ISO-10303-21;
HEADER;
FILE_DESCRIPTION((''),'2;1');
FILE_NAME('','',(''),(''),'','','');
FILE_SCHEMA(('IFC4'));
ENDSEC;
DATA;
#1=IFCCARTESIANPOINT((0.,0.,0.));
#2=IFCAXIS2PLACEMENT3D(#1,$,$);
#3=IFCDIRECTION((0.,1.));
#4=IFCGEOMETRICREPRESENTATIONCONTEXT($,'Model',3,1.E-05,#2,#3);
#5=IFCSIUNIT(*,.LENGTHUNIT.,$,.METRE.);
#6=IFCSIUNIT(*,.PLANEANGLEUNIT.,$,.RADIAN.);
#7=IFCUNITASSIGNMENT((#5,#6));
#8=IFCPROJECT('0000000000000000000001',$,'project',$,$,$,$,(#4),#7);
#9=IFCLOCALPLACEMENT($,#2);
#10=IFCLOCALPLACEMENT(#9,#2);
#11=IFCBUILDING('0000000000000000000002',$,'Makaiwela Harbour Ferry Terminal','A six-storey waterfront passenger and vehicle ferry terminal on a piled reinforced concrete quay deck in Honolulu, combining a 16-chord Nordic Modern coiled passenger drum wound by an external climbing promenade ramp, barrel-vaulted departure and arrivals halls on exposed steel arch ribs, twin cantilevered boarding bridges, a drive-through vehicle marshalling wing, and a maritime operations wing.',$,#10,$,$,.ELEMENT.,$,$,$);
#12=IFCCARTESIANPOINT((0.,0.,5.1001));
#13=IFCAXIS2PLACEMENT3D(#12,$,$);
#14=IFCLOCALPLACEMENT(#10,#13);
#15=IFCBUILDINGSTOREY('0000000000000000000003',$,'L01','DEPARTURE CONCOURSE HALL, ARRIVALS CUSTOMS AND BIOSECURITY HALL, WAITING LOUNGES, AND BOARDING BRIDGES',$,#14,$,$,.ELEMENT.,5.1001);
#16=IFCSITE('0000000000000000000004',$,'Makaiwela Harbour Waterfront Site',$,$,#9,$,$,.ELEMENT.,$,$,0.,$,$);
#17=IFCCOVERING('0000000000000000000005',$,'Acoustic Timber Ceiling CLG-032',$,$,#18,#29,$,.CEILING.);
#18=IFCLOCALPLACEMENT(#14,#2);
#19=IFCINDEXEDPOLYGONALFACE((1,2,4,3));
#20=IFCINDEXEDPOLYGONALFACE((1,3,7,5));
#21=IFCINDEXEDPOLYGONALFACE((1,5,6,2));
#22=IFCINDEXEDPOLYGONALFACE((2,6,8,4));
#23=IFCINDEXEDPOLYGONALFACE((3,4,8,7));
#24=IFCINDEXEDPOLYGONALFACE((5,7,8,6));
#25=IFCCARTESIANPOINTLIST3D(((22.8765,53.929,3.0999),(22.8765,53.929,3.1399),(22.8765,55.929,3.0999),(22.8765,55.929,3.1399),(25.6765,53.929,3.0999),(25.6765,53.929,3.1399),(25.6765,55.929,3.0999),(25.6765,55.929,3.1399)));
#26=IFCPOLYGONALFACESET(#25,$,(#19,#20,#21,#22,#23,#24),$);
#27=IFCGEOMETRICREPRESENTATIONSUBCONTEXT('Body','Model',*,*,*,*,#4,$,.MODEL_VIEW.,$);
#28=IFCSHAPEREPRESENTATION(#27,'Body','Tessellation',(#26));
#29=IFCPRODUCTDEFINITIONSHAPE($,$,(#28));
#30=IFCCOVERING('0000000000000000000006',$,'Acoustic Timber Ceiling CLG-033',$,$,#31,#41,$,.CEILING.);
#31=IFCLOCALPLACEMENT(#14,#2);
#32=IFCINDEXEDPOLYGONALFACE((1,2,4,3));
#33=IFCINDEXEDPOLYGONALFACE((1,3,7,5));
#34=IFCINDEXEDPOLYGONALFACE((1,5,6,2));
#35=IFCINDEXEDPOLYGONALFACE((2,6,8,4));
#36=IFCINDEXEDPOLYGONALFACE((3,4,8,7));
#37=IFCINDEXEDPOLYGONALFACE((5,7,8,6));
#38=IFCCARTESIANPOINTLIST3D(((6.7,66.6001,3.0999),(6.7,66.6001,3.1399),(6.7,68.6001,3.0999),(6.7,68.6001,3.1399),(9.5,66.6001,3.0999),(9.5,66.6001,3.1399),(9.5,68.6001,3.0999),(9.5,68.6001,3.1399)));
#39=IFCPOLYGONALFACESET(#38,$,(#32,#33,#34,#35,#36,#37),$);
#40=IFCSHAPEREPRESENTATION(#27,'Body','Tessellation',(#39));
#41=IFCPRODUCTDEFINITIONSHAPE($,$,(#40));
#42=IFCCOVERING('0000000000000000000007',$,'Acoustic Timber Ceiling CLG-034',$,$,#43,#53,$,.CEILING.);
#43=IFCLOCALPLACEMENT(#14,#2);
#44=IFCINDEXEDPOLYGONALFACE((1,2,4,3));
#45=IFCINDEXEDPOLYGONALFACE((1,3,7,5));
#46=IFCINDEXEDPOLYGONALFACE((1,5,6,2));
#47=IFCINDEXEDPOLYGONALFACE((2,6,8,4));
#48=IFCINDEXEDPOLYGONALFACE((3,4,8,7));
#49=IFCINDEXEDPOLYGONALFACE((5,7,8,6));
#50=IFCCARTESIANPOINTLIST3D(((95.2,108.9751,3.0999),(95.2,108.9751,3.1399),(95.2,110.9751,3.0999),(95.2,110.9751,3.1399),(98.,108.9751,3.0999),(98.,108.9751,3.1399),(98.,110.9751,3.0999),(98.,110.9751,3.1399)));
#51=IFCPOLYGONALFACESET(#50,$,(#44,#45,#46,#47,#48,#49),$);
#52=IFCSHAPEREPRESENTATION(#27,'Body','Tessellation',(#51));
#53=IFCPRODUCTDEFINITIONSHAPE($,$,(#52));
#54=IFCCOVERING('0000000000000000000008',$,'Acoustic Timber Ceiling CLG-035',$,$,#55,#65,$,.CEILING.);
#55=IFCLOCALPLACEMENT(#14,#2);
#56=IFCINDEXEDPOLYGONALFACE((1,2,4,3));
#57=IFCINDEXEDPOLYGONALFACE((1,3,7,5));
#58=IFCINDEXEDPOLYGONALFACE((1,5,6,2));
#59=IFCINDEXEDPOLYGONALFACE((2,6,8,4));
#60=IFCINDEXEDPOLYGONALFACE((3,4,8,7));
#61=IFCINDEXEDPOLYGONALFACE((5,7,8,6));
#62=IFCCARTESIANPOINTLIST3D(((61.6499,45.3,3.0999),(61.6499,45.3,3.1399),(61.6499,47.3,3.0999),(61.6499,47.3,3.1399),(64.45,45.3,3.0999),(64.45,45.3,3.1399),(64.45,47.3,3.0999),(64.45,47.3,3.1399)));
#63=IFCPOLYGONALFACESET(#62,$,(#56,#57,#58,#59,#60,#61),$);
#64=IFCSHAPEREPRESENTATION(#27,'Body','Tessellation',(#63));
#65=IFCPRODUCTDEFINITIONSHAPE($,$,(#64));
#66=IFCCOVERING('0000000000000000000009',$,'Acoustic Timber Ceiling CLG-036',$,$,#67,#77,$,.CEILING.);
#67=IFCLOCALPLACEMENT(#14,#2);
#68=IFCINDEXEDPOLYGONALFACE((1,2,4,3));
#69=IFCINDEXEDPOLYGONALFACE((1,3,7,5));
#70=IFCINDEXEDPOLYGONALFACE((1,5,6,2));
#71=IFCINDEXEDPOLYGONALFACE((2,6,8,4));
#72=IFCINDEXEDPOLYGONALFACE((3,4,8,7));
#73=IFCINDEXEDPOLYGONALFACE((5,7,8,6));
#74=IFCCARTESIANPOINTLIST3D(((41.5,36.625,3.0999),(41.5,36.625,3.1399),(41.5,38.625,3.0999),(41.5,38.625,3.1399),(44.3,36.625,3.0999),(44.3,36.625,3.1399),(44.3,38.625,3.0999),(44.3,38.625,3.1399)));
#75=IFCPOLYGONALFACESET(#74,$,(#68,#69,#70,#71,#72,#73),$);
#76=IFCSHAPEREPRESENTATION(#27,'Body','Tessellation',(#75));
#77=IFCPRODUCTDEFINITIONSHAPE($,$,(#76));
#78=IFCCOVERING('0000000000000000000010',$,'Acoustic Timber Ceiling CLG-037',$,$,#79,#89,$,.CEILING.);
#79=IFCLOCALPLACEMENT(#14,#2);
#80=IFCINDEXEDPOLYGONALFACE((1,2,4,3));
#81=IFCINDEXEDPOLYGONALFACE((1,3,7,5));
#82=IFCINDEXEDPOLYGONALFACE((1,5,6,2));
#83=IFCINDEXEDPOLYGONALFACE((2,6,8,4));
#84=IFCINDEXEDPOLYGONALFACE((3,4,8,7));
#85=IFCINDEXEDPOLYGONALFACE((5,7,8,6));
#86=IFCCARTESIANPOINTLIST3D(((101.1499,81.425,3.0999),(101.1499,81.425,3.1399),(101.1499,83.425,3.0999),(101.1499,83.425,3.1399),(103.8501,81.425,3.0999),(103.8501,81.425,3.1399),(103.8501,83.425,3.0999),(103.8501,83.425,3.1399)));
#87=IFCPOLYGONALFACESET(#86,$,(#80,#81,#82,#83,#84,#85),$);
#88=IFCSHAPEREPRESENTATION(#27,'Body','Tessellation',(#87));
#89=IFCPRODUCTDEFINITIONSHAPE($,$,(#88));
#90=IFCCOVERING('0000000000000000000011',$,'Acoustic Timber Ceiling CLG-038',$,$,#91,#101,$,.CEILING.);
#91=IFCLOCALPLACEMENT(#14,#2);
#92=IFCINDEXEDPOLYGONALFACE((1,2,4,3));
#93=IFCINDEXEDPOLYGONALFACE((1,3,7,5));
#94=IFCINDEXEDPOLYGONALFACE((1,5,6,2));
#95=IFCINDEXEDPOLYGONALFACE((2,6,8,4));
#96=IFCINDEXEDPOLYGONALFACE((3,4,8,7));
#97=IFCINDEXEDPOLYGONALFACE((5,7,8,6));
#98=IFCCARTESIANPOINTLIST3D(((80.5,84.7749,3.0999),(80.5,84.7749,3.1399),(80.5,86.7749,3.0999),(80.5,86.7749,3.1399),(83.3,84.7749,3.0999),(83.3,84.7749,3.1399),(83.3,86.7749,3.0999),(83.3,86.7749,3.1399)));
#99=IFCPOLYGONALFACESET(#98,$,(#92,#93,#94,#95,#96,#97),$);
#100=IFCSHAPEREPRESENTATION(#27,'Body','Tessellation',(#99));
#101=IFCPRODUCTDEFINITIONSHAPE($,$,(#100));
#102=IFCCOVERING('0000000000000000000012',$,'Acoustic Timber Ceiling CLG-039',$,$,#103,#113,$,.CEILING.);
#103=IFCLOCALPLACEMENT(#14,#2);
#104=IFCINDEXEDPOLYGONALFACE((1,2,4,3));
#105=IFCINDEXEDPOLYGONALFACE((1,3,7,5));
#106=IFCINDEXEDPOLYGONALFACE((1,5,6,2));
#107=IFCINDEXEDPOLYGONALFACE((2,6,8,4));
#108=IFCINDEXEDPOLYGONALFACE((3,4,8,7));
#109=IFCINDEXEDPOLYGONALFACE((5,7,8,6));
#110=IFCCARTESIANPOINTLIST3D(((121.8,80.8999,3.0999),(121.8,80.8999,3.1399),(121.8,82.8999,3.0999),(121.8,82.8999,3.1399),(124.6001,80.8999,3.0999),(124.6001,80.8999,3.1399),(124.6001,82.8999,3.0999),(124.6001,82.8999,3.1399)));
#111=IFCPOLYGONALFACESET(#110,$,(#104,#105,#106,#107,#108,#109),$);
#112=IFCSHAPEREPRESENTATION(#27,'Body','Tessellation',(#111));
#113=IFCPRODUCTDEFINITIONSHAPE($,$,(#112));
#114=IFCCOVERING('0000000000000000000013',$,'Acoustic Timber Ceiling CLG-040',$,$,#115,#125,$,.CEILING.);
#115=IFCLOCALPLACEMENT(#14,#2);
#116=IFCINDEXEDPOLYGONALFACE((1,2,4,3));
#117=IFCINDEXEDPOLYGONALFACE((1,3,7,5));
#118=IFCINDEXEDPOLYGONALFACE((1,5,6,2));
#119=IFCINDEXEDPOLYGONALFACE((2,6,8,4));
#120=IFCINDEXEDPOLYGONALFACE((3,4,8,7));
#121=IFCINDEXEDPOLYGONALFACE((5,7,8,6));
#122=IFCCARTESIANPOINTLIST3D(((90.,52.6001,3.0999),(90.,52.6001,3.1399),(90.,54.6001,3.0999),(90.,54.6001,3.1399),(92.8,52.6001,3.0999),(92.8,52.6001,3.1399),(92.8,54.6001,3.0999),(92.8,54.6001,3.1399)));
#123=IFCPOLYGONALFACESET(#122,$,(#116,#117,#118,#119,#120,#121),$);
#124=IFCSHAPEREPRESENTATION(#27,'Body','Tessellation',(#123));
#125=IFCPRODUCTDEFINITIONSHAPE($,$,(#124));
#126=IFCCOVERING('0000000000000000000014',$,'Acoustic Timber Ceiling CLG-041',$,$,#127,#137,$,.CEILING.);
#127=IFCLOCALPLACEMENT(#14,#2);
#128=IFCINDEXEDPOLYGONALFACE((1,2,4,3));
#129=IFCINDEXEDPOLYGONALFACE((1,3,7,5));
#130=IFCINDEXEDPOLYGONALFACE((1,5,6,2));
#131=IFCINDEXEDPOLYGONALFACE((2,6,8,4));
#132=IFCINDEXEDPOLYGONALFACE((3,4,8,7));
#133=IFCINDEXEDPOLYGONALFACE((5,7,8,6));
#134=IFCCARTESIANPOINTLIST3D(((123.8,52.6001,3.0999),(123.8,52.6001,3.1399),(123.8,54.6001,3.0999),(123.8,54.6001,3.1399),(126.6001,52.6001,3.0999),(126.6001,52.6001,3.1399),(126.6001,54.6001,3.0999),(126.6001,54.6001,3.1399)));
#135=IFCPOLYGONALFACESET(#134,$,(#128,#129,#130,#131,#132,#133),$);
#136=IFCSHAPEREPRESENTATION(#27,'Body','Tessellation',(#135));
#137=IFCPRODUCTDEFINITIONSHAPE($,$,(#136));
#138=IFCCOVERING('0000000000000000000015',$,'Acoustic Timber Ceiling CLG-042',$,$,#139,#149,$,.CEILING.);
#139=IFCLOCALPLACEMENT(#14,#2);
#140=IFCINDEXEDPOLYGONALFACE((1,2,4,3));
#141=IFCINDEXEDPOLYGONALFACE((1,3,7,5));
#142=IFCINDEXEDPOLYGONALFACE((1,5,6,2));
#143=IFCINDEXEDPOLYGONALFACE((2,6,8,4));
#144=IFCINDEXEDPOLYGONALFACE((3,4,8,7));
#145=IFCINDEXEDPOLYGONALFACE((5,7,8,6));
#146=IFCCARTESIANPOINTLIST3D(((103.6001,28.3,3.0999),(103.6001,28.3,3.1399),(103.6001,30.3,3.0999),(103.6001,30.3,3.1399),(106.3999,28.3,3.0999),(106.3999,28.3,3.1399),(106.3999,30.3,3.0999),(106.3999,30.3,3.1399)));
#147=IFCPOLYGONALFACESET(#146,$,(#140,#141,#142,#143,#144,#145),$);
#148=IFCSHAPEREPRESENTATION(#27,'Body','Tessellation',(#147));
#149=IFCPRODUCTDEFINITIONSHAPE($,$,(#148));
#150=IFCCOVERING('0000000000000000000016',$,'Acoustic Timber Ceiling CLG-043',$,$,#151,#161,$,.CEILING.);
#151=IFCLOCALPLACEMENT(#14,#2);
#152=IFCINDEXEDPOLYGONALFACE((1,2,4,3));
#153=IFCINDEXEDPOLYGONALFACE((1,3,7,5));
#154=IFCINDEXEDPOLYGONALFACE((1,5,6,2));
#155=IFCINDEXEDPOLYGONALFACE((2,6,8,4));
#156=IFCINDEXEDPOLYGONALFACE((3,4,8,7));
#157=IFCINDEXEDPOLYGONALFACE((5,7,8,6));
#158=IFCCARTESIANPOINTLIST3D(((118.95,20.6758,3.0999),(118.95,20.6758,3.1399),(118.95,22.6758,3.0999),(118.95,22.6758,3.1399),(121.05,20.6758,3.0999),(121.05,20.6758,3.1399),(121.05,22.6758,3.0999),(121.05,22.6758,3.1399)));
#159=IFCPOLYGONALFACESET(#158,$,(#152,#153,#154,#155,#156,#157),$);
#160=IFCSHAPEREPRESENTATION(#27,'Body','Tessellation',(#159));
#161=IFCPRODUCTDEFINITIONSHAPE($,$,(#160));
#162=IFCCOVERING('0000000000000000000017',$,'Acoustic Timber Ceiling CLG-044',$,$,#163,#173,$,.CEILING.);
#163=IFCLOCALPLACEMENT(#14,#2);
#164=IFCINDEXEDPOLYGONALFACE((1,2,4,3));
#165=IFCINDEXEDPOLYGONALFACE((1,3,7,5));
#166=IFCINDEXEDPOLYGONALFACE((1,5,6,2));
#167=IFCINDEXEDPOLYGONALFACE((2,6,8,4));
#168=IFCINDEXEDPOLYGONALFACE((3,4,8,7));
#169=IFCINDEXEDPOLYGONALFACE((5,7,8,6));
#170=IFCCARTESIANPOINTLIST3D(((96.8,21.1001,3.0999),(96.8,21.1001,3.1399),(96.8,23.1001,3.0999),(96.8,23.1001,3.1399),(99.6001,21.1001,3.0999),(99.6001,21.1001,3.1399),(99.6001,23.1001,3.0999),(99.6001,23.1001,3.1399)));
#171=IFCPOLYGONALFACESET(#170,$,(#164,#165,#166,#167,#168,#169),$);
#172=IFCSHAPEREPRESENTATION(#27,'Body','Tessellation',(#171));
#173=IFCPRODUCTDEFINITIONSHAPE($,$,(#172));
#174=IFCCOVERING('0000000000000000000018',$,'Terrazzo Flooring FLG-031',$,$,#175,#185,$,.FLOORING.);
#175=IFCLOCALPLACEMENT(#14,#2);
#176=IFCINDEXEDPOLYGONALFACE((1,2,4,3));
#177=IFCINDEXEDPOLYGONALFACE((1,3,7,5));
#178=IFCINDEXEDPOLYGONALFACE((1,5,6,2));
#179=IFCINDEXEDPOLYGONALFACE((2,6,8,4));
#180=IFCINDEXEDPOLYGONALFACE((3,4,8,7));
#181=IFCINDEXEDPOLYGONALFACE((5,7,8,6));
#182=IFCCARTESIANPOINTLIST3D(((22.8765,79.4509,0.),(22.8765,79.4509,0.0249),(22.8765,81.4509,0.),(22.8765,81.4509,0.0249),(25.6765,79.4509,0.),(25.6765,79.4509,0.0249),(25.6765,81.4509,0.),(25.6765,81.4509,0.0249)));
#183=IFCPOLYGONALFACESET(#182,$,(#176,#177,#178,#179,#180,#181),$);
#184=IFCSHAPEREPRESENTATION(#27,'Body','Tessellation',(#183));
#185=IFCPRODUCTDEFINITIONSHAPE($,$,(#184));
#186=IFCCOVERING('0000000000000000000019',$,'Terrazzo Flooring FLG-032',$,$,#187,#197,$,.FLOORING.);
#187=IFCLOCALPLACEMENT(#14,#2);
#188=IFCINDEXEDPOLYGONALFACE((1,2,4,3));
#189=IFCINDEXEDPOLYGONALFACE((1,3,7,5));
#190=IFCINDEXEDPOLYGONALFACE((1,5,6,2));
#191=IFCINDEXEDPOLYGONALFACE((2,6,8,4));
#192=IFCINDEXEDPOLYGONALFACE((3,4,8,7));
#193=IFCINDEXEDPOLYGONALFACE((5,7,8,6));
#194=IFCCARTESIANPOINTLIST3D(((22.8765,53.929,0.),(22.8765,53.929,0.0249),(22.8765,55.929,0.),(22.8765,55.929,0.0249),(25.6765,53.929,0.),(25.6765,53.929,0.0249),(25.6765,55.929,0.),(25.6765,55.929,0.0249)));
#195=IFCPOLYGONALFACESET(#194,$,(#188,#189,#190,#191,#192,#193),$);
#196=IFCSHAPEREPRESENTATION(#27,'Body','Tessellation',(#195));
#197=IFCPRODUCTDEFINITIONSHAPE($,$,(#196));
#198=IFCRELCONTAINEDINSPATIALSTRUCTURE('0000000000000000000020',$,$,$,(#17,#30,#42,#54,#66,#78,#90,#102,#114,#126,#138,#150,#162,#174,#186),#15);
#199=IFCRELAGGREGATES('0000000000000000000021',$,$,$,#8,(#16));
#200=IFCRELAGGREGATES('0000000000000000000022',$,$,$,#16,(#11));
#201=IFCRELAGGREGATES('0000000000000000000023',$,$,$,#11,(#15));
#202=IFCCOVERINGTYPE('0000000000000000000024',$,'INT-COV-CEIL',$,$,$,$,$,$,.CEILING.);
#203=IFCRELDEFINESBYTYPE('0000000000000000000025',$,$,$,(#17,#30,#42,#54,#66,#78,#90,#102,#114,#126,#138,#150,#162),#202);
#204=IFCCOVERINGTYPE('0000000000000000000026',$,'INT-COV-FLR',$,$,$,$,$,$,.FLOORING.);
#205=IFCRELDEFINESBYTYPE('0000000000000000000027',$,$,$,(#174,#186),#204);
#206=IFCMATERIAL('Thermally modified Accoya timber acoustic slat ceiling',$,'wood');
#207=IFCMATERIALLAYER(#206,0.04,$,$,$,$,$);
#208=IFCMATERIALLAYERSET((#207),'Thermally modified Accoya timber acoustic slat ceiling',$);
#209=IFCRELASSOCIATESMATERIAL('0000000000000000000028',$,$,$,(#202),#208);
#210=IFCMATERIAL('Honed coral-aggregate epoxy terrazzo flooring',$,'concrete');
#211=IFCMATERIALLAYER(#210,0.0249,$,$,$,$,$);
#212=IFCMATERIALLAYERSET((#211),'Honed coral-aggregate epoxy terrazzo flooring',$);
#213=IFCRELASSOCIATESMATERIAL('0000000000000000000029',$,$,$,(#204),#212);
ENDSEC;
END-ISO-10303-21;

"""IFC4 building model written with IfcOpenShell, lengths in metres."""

from ifc_helpers import new_model, si_unit, direction, frame, origin, place, context, subcontext, project, spatial, polyline, outline, extrude, material, layer, layer_set, type_object, element, save


model = new_model("IFC4")

# Units and contexts
model_context = context("Model", 3, precision=1e-05, world=origin(), true_north=direction((0.0, 1.0)))
body_context = subcontext(model_context, "Body", "Model", "MODEL_VIEW")
ifc_project = project(units=[si_unit("LENGTHUNIT", "METRE"), si_unit("PLANEANGLEUNIT", "RADIAN")], contexts=[model_context])

# Site, building, storey
site_placement = place(None, origin())
site = spatial("IfcSite", under=ifc_project, at=site_placement, Name="Makaiwela Harbour Waterfront Site", CompositionType="ELEMENT", RefElevation=0.0)
building_placement = place(site_placement, origin())
building = spatial("IfcBuilding", under=site, at=building_placement, Name="Makaiwela Harbour Ferry Terminal", Description="A six-storey waterfront passenger and vehicle ferry terminal on a piled reinforced concrete quay deck in Honolulu, combining a 16-chord Nordic Modern coiled passenger drum wound by an external climbing promenade ramp, barrel-vaulted departure and arrivals halls on exposed steel arch ribs, twin cantilevered boarding bridges, a drive-through vehicle marshalling wing, and a maritime operations wing.", CompositionType="ELEMENT")
storey_placement = place(building_placement, frame((0.0, 0.0, 5.1001)))
storey = spatial("IfcBuildingStorey", under=building, at=storey_placement, Name="L01", Description="DEPARTURE CONCOURSE HALL, ARRIVALS CUSTOMS AND BIOSECURITY HALL, WAITING LOUNGES, AND BOARDING BRIDGES", CompositionType="ELEMENT", Elevation=5.1001)

# Coverings
ifc_material_1 = material(Name="Thermally modified Accoya timber acoustic slat ceiling", Category="wood")
ifc_layer_1 = layer(ifc_material_1, 0.04)
ifc_layer_set_1 = layer_set([ifc_layer_1], Name="Thermally modified Accoya timber acoustic slat ceiling")
covering_type_1 = type_object("IfcCoveringType", Name="INT-COV-CEIL", PredefinedType="CEILING", material=ifc_layer_set_1)
covering_1_placement = place(storey_placement, frame((0.0, 0.0, 3.0999)))
element("IfcCovering", 1, at=covering_1_placement, inside=storey, type_object=covering_type_1, Name="Acoustic Timber Ceiling CLG-032", PredefinedType="CEILING", context=body_context, shape_type="SweptSolid", body=[
    extrude(outline(polyline([(22.8765, 53.929), (25.6765, 53.929), (25.6765, 55.929), (22.8765, 55.929), (22.8765, 53.929)])), origin(), (0.0, 0.0, 1.0), 0.04),
])
covering_2_placement = place(storey_placement, frame((0.0, 0.0, 3.0999)))
element("IfcCovering", 2, at=covering_2_placement, inside=storey, type_object=covering_type_1, Name="Acoustic Timber Ceiling CLG-033", PredefinedType="CEILING", context=body_context, shape_type="SweptSolid", body=[
    extrude(outline(polyline([(6.7, 66.6001), (9.5, 66.6001), (9.5, 68.6001), (6.7, 68.6001), (6.7, 66.6001)])), origin(), (0.0, 0.0, 1.0), 0.04),
])
covering_3_placement = place(storey_placement, frame((0.0, 0.0, 3.0999)))
element("IfcCovering", 3, at=covering_3_placement, inside=storey, type_object=covering_type_1, Name="Acoustic Timber Ceiling CLG-034", PredefinedType="CEILING", context=body_context, shape_type="SweptSolid", body=[
    extrude(outline(polyline([(95.2, 108.9751), (98.0, 108.9751), (98.0, 110.9751), (95.2, 110.9751), (95.2, 108.9751)])), origin(), (0.0, 0.0, 1.0), 0.04),
])
covering_4_placement = place(storey_placement, frame((0.0, 0.0, 3.0999)))
element("IfcCovering", 4, at=covering_4_placement, inside=storey, type_object=covering_type_1, Name="Acoustic Timber Ceiling CLG-035", PredefinedType="CEILING", context=body_context, shape_type="SweptSolid", body=[
    extrude(outline(polyline([(61.6499, 45.3), (64.45, 45.3), (64.45, 47.3), (61.6499, 47.3), (61.6499, 45.3)])), origin(), (0.0, 0.0, 1.0), 0.04),
])
covering_5_placement = place(storey_placement, frame((0.0, 0.0, 3.0999)))
element("IfcCovering", 5, at=covering_5_placement, inside=storey, type_object=covering_type_1, Name="Acoustic Timber Ceiling CLG-036", PredefinedType="CEILING", context=body_context, shape_type="SweptSolid", body=[
    extrude(outline(polyline([(41.5, 36.625), (44.3, 36.625), (44.3, 38.625), (41.5, 38.625), (41.5, 36.625)])), origin(), (0.0, 0.0, 1.0), 0.04),
])
covering_6_placement = place(storey_placement, frame((0.0, 0.0, 3.0999)))
element("IfcCovering", 6, at=covering_6_placement, inside=storey, type_object=covering_type_1, Name="Acoustic Timber Ceiling CLG-037", PredefinedType="CEILING", context=body_context, shape_type="SweptSolid", body=[
    extrude(outline(polyline([(101.1499, 81.425), (103.8501, 81.425), (103.8501, 83.425), (101.1499, 83.425), (101.1499, 81.425)])), origin(), (0.0, 0.0, 1.0), 0.04),
])
covering_7_placement = place(storey_placement, frame((0.0, 0.0, 3.0999)))
element("IfcCovering", 7, at=covering_7_placement, inside=storey, type_object=covering_type_1, Name="Acoustic Timber Ceiling CLG-038", PredefinedType="CEILING", context=body_context, shape_type="SweptSolid", body=[
    extrude(outline(polyline([(80.5, 84.7749), (83.3, 84.7749), (83.3, 86.7749), (80.5, 86.7749), (80.5, 84.7749)])), origin(), (0.0, 0.0, 1.0), 0.04),
])
covering_8_placement = place(storey_placement, frame((0.0, 0.0, 3.0999)))
element("IfcCovering", 8, at=covering_8_placement, inside=storey, type_object=covering_type_1, Name="Acoustic Timber Ceiling CLG-039", PredefinedType="CEILING", context=body_context, shape_type="SweptSolid", body=[
    extrude(outline(polyline([(121.8, 80.8999), (124.6001, 80.8999), (124.6001, 82.8999), (121.8, 82.8999), (121.8, 80.8999)])), origin(), (0.0, 0.0, 1.0), 0.04),
])
covering_9_placement = place(storey_placement, frame((0.0, 0.0, 3.0999)))
element("IfcCovering", 9, at=covering_9_placement, inside=storey, type_object=covering_type_1, Name="Acoustic Timber Ceiling CLG-040", PredefinedType="CEILING", context=body_context, shape_type="SweptSolid", body=[
    extrude(outline(polyline([(90.0, 52.6001), (92.8, 52.6001), (92.8, 54.6001), (90.0, 54.6001), (90.0, 52.6001)])), origin(), (0.0, 0.0, 1.0), 0.04),
])
covering_10_placement = place(storey_placement, frame((0.0, 0.0, 3.0999)))
element("IfcCovering", 10, at=covering_10_placement, inside=storey, type_object=covering_type_1, Name="Acoustic Timber Ceiling CLG-041", PredefinedType="CEILING", context=body_context, shape_type="SweptSolid", body=[
    extrude(outline(polyline([(123.8, 52.6001), (126.6001, 52.6001), (126.6001, 54.6001), (123.8, 54.6001), (123.8, 52.6001)])), origin(), (0.0, 0.0, 1.0), 0.04),
])
covering_11_placement = place(storey_placement, frame((0.0, 0.0, 3.0999)))
element("IfcCovering", 11, at=covering_11_placement, inside=storey, type_object=covering_type_1, Name="Acoustic Timber Ceiling CLG-042", PredefinedType="CEILING", context=body_context, shape_type="SweptSolid", body=[
    extrude(outline(polyline([(103.6001, 28.3), (106.3999, 28.3), (106.3999, 30.3), (103.6001, 30.3), (103.6001, 28.3)])), origin(), (0.0, 0.0, 1.0), 0.04),
])
covering_12_placement = place(storey_placement, frame((0.0, 0.0, 3.0999)))
element("IfcCovering", 12, at=covering_12_placement, inside=storey, type_object=covering_type_1, Name="Acoustic Timber Ceiling CLG-043", PredefinedType="CEILING", context=body_context, shape_type="SweptSolid", body=[
    extrude(outline(polyline([(118.95, 20.6758), (121.05, 20.6758), (121.05, 22.6758), (118.95, 22.6758), (118.95, 20.6758)])), origin(), (0.0, 0.0, 1.0), 0.04),
])
covering_13_placement = place(storey_placement, frame((0.0, 0.0, 3.0999)))
element("IfcCovering", 13, at=covering_13_placement, inside=storey, type_object=covering_type_1, Name="Acoustic Timber Ceiling CLG-044", PredefinedType="CEILING", context=body_context, shape_type="SweptSolid", body=[
    extrude(outline(polyline([(96.8, 21.1001), (99.6001, 21.1001), (99.6001, 23.1001), (96.8, 23.1001), (96.8, 21.1001)])), origin(), (0.0, 0.0, 1.0), 0.04),
])
ifc_material_2 = material(Name="Honed coral-aggregate epoxy terrazzo flooring", Category="concrete")
ifc_layer_2 = layer(ifc_material_2, 0.0249)
ifc_layer_set_2 = layer_set([ifc_layer_2], Name="Honed coral-aggregate epoxy terrazzo flooring")
covering_type_2 = type_object("IfcCoveringType", Name="INT-COV-FLR", PredefinedType="FLOORING", material=ifc_layer_set_2)
covering_14_placement = place(storey_placement, origin())
element("IfcCovering", 14, at=covering_14_placement, inside=storey, type_object=covering_type_2, Name="Terrazzo Flooring FLG-031", PredefinedType="FLOORING", context=body_context, shape_type="SweptSolid", body=[
    extrude(outline(polyline([(22.8765, 79.4509), (25.6765, 79.4509), (25.6765, 81.4509), (22.8765, 81.4509), (22.8765, 79.4509)])), origin(), (0.0, 0.0, 1.0), 0.0249),
])
covering_15_placement = place(storey_placement, origin())
element("IfcCovering", 15, at=covering_15_placement, inside=storey, type_object=covering_type_2, Name="Terrazzo Flooring FLG-032", PredefinedType="FLOORING", context=body_context, shape_type="SweptSolid", body=[
    extrude(outline(polyline([(22.8765, 53.929), (25.6765, 53.929), (25.6765, 55.929), (22.8765, 55.929), (22.8765, 53.929)])), origin(), (0.0, 0.0, 1.0), 0.0249),
])

save(model, "model.ifc")
